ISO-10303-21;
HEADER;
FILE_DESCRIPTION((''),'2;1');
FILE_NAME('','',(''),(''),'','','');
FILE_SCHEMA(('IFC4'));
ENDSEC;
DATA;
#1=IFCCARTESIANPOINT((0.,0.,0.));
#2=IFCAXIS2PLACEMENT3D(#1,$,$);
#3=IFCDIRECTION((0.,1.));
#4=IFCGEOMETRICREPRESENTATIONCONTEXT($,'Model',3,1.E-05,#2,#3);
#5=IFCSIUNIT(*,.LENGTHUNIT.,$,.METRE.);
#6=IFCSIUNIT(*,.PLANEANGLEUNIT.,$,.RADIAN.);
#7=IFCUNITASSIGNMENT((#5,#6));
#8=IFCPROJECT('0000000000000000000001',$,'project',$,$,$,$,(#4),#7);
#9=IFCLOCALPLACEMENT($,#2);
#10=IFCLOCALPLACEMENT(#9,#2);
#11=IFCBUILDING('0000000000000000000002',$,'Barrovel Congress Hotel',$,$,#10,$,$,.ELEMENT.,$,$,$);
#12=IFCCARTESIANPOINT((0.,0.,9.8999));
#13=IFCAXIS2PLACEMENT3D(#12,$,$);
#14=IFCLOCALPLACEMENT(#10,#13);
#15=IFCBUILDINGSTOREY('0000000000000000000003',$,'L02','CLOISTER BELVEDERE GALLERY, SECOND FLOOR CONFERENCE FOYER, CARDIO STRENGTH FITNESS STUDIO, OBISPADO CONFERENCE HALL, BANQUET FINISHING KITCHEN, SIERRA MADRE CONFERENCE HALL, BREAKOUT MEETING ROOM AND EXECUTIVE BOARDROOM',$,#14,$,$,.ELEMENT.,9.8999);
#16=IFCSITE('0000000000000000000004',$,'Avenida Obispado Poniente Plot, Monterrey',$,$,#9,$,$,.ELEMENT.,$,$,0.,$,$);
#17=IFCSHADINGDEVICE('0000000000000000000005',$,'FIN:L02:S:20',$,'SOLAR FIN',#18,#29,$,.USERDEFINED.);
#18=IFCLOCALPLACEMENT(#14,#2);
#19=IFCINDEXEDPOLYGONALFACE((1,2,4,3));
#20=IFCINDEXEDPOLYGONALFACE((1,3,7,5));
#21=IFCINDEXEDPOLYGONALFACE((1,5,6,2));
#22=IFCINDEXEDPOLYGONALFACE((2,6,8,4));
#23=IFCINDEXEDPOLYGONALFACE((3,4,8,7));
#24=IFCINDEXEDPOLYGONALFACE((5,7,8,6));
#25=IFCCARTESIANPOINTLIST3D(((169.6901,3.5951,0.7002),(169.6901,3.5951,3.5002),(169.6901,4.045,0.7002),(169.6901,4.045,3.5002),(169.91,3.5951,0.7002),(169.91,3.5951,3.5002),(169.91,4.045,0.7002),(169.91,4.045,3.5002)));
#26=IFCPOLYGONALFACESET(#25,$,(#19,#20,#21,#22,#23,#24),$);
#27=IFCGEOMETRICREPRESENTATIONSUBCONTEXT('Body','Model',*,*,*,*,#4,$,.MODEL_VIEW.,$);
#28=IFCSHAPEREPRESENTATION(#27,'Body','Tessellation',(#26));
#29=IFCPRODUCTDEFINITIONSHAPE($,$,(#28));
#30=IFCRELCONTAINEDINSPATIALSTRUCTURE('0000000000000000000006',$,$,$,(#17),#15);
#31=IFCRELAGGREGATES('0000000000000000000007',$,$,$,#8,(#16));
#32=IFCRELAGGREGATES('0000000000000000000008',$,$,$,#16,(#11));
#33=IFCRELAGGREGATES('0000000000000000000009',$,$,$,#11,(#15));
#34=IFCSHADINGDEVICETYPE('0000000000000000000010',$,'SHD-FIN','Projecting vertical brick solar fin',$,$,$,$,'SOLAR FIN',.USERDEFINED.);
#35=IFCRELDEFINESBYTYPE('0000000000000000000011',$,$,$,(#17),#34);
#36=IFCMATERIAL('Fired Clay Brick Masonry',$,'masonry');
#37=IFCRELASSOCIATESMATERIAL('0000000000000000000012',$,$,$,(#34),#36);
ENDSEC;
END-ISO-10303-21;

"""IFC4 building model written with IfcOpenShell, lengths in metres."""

from ifc_helpers import new_model, si_unit, direction, frame, origin, origin_2d, place, context, subcontext, project, spatial, rectangle, extrude, material, type_object, element, save


model = new_model("IFC4")

# Units and contexts
model_context = context("Model", 3, precision=1e-05, world=origin(), true_north=direction((0.0, 1.0)))
body_context = subcontext(model_context, "Body", "Model", "MODEL_VIEW")
ifc_project = project(units=[si_unit("LENGTHUNIT", "METRE"), si_unit("PLANEANGLEUNIT", "RADIAN")], contexts=[model_context])

# Site, building, storey
site_placement = place(None, origin())
site = spatial("IfcSite", under=ifc_project, at=site_placement, Name="Avenida Obispado Poniente Plot, Monterrey", CompositionType="ELEMENT", RefElevation=0.0)
building_placement = place(site_placement, origin())
building = spatial("IfcBuilding", under=site, at=building_placement, Name="Barrovel Congress Hotel", CompositionType="ELEMENT")
storey_placement = place(building_placement, frame((0.0, 0.0, 9.8999)))
storey = spatial("IfcBuildingStorey", under=building, at=storey_placement, Name="L02", Description="CLOISTER BELVEDERE GALLERY, SECOND FLOOR CONFERENCE FOYER, CARDIO STRENGTH FITNESS STUDIO, OBISPADO CONFERENCE HALL, BANQUET FINISHING KITCHEN, SIERRA MADRE CONFERENCE HALL, BREAKOUT MEETING ROOM AND EXECUTIVE BOARDROOM", CompositionType="ELEMENT", Elevation=9.8999)

# Shared definitions
ifc_material_1 = material(Name="Fired Clay Brick Masonry", Category="masonry")

# Shading device
shading_device_type = type_object("IfcShadingDeviceType", Name="SHD-FIN", Description="Projecting vertical brick solar fin", ElementType="SOLAR FIN", PredefinedType="USERDEFINED", material=ifc_material_1)
shading_device_placement = place(storey_placement, frame((169.8, 3.8201, 0.7002), z_axis=(0.0, 0.0, 1.0), x_axis=(1.0, 0.0, 0.0)))
element("IfcShadingDevice", 1, at=shading_device_placement, inside=storey, type_object=shading_device_type, Name="FIN:L02:S:20", ObjectType="SOLAR FIN", PredefinedType="USERDEFINED", context=body_context, shape_type="SweptSolid", body=[
    extrude(rectangle(XDim=0.22, YDim=0.45, at=origin_2d()), origin(), (0.0, 0.0, 1.0), 2.8),
])

save(model, "model.ifc")
